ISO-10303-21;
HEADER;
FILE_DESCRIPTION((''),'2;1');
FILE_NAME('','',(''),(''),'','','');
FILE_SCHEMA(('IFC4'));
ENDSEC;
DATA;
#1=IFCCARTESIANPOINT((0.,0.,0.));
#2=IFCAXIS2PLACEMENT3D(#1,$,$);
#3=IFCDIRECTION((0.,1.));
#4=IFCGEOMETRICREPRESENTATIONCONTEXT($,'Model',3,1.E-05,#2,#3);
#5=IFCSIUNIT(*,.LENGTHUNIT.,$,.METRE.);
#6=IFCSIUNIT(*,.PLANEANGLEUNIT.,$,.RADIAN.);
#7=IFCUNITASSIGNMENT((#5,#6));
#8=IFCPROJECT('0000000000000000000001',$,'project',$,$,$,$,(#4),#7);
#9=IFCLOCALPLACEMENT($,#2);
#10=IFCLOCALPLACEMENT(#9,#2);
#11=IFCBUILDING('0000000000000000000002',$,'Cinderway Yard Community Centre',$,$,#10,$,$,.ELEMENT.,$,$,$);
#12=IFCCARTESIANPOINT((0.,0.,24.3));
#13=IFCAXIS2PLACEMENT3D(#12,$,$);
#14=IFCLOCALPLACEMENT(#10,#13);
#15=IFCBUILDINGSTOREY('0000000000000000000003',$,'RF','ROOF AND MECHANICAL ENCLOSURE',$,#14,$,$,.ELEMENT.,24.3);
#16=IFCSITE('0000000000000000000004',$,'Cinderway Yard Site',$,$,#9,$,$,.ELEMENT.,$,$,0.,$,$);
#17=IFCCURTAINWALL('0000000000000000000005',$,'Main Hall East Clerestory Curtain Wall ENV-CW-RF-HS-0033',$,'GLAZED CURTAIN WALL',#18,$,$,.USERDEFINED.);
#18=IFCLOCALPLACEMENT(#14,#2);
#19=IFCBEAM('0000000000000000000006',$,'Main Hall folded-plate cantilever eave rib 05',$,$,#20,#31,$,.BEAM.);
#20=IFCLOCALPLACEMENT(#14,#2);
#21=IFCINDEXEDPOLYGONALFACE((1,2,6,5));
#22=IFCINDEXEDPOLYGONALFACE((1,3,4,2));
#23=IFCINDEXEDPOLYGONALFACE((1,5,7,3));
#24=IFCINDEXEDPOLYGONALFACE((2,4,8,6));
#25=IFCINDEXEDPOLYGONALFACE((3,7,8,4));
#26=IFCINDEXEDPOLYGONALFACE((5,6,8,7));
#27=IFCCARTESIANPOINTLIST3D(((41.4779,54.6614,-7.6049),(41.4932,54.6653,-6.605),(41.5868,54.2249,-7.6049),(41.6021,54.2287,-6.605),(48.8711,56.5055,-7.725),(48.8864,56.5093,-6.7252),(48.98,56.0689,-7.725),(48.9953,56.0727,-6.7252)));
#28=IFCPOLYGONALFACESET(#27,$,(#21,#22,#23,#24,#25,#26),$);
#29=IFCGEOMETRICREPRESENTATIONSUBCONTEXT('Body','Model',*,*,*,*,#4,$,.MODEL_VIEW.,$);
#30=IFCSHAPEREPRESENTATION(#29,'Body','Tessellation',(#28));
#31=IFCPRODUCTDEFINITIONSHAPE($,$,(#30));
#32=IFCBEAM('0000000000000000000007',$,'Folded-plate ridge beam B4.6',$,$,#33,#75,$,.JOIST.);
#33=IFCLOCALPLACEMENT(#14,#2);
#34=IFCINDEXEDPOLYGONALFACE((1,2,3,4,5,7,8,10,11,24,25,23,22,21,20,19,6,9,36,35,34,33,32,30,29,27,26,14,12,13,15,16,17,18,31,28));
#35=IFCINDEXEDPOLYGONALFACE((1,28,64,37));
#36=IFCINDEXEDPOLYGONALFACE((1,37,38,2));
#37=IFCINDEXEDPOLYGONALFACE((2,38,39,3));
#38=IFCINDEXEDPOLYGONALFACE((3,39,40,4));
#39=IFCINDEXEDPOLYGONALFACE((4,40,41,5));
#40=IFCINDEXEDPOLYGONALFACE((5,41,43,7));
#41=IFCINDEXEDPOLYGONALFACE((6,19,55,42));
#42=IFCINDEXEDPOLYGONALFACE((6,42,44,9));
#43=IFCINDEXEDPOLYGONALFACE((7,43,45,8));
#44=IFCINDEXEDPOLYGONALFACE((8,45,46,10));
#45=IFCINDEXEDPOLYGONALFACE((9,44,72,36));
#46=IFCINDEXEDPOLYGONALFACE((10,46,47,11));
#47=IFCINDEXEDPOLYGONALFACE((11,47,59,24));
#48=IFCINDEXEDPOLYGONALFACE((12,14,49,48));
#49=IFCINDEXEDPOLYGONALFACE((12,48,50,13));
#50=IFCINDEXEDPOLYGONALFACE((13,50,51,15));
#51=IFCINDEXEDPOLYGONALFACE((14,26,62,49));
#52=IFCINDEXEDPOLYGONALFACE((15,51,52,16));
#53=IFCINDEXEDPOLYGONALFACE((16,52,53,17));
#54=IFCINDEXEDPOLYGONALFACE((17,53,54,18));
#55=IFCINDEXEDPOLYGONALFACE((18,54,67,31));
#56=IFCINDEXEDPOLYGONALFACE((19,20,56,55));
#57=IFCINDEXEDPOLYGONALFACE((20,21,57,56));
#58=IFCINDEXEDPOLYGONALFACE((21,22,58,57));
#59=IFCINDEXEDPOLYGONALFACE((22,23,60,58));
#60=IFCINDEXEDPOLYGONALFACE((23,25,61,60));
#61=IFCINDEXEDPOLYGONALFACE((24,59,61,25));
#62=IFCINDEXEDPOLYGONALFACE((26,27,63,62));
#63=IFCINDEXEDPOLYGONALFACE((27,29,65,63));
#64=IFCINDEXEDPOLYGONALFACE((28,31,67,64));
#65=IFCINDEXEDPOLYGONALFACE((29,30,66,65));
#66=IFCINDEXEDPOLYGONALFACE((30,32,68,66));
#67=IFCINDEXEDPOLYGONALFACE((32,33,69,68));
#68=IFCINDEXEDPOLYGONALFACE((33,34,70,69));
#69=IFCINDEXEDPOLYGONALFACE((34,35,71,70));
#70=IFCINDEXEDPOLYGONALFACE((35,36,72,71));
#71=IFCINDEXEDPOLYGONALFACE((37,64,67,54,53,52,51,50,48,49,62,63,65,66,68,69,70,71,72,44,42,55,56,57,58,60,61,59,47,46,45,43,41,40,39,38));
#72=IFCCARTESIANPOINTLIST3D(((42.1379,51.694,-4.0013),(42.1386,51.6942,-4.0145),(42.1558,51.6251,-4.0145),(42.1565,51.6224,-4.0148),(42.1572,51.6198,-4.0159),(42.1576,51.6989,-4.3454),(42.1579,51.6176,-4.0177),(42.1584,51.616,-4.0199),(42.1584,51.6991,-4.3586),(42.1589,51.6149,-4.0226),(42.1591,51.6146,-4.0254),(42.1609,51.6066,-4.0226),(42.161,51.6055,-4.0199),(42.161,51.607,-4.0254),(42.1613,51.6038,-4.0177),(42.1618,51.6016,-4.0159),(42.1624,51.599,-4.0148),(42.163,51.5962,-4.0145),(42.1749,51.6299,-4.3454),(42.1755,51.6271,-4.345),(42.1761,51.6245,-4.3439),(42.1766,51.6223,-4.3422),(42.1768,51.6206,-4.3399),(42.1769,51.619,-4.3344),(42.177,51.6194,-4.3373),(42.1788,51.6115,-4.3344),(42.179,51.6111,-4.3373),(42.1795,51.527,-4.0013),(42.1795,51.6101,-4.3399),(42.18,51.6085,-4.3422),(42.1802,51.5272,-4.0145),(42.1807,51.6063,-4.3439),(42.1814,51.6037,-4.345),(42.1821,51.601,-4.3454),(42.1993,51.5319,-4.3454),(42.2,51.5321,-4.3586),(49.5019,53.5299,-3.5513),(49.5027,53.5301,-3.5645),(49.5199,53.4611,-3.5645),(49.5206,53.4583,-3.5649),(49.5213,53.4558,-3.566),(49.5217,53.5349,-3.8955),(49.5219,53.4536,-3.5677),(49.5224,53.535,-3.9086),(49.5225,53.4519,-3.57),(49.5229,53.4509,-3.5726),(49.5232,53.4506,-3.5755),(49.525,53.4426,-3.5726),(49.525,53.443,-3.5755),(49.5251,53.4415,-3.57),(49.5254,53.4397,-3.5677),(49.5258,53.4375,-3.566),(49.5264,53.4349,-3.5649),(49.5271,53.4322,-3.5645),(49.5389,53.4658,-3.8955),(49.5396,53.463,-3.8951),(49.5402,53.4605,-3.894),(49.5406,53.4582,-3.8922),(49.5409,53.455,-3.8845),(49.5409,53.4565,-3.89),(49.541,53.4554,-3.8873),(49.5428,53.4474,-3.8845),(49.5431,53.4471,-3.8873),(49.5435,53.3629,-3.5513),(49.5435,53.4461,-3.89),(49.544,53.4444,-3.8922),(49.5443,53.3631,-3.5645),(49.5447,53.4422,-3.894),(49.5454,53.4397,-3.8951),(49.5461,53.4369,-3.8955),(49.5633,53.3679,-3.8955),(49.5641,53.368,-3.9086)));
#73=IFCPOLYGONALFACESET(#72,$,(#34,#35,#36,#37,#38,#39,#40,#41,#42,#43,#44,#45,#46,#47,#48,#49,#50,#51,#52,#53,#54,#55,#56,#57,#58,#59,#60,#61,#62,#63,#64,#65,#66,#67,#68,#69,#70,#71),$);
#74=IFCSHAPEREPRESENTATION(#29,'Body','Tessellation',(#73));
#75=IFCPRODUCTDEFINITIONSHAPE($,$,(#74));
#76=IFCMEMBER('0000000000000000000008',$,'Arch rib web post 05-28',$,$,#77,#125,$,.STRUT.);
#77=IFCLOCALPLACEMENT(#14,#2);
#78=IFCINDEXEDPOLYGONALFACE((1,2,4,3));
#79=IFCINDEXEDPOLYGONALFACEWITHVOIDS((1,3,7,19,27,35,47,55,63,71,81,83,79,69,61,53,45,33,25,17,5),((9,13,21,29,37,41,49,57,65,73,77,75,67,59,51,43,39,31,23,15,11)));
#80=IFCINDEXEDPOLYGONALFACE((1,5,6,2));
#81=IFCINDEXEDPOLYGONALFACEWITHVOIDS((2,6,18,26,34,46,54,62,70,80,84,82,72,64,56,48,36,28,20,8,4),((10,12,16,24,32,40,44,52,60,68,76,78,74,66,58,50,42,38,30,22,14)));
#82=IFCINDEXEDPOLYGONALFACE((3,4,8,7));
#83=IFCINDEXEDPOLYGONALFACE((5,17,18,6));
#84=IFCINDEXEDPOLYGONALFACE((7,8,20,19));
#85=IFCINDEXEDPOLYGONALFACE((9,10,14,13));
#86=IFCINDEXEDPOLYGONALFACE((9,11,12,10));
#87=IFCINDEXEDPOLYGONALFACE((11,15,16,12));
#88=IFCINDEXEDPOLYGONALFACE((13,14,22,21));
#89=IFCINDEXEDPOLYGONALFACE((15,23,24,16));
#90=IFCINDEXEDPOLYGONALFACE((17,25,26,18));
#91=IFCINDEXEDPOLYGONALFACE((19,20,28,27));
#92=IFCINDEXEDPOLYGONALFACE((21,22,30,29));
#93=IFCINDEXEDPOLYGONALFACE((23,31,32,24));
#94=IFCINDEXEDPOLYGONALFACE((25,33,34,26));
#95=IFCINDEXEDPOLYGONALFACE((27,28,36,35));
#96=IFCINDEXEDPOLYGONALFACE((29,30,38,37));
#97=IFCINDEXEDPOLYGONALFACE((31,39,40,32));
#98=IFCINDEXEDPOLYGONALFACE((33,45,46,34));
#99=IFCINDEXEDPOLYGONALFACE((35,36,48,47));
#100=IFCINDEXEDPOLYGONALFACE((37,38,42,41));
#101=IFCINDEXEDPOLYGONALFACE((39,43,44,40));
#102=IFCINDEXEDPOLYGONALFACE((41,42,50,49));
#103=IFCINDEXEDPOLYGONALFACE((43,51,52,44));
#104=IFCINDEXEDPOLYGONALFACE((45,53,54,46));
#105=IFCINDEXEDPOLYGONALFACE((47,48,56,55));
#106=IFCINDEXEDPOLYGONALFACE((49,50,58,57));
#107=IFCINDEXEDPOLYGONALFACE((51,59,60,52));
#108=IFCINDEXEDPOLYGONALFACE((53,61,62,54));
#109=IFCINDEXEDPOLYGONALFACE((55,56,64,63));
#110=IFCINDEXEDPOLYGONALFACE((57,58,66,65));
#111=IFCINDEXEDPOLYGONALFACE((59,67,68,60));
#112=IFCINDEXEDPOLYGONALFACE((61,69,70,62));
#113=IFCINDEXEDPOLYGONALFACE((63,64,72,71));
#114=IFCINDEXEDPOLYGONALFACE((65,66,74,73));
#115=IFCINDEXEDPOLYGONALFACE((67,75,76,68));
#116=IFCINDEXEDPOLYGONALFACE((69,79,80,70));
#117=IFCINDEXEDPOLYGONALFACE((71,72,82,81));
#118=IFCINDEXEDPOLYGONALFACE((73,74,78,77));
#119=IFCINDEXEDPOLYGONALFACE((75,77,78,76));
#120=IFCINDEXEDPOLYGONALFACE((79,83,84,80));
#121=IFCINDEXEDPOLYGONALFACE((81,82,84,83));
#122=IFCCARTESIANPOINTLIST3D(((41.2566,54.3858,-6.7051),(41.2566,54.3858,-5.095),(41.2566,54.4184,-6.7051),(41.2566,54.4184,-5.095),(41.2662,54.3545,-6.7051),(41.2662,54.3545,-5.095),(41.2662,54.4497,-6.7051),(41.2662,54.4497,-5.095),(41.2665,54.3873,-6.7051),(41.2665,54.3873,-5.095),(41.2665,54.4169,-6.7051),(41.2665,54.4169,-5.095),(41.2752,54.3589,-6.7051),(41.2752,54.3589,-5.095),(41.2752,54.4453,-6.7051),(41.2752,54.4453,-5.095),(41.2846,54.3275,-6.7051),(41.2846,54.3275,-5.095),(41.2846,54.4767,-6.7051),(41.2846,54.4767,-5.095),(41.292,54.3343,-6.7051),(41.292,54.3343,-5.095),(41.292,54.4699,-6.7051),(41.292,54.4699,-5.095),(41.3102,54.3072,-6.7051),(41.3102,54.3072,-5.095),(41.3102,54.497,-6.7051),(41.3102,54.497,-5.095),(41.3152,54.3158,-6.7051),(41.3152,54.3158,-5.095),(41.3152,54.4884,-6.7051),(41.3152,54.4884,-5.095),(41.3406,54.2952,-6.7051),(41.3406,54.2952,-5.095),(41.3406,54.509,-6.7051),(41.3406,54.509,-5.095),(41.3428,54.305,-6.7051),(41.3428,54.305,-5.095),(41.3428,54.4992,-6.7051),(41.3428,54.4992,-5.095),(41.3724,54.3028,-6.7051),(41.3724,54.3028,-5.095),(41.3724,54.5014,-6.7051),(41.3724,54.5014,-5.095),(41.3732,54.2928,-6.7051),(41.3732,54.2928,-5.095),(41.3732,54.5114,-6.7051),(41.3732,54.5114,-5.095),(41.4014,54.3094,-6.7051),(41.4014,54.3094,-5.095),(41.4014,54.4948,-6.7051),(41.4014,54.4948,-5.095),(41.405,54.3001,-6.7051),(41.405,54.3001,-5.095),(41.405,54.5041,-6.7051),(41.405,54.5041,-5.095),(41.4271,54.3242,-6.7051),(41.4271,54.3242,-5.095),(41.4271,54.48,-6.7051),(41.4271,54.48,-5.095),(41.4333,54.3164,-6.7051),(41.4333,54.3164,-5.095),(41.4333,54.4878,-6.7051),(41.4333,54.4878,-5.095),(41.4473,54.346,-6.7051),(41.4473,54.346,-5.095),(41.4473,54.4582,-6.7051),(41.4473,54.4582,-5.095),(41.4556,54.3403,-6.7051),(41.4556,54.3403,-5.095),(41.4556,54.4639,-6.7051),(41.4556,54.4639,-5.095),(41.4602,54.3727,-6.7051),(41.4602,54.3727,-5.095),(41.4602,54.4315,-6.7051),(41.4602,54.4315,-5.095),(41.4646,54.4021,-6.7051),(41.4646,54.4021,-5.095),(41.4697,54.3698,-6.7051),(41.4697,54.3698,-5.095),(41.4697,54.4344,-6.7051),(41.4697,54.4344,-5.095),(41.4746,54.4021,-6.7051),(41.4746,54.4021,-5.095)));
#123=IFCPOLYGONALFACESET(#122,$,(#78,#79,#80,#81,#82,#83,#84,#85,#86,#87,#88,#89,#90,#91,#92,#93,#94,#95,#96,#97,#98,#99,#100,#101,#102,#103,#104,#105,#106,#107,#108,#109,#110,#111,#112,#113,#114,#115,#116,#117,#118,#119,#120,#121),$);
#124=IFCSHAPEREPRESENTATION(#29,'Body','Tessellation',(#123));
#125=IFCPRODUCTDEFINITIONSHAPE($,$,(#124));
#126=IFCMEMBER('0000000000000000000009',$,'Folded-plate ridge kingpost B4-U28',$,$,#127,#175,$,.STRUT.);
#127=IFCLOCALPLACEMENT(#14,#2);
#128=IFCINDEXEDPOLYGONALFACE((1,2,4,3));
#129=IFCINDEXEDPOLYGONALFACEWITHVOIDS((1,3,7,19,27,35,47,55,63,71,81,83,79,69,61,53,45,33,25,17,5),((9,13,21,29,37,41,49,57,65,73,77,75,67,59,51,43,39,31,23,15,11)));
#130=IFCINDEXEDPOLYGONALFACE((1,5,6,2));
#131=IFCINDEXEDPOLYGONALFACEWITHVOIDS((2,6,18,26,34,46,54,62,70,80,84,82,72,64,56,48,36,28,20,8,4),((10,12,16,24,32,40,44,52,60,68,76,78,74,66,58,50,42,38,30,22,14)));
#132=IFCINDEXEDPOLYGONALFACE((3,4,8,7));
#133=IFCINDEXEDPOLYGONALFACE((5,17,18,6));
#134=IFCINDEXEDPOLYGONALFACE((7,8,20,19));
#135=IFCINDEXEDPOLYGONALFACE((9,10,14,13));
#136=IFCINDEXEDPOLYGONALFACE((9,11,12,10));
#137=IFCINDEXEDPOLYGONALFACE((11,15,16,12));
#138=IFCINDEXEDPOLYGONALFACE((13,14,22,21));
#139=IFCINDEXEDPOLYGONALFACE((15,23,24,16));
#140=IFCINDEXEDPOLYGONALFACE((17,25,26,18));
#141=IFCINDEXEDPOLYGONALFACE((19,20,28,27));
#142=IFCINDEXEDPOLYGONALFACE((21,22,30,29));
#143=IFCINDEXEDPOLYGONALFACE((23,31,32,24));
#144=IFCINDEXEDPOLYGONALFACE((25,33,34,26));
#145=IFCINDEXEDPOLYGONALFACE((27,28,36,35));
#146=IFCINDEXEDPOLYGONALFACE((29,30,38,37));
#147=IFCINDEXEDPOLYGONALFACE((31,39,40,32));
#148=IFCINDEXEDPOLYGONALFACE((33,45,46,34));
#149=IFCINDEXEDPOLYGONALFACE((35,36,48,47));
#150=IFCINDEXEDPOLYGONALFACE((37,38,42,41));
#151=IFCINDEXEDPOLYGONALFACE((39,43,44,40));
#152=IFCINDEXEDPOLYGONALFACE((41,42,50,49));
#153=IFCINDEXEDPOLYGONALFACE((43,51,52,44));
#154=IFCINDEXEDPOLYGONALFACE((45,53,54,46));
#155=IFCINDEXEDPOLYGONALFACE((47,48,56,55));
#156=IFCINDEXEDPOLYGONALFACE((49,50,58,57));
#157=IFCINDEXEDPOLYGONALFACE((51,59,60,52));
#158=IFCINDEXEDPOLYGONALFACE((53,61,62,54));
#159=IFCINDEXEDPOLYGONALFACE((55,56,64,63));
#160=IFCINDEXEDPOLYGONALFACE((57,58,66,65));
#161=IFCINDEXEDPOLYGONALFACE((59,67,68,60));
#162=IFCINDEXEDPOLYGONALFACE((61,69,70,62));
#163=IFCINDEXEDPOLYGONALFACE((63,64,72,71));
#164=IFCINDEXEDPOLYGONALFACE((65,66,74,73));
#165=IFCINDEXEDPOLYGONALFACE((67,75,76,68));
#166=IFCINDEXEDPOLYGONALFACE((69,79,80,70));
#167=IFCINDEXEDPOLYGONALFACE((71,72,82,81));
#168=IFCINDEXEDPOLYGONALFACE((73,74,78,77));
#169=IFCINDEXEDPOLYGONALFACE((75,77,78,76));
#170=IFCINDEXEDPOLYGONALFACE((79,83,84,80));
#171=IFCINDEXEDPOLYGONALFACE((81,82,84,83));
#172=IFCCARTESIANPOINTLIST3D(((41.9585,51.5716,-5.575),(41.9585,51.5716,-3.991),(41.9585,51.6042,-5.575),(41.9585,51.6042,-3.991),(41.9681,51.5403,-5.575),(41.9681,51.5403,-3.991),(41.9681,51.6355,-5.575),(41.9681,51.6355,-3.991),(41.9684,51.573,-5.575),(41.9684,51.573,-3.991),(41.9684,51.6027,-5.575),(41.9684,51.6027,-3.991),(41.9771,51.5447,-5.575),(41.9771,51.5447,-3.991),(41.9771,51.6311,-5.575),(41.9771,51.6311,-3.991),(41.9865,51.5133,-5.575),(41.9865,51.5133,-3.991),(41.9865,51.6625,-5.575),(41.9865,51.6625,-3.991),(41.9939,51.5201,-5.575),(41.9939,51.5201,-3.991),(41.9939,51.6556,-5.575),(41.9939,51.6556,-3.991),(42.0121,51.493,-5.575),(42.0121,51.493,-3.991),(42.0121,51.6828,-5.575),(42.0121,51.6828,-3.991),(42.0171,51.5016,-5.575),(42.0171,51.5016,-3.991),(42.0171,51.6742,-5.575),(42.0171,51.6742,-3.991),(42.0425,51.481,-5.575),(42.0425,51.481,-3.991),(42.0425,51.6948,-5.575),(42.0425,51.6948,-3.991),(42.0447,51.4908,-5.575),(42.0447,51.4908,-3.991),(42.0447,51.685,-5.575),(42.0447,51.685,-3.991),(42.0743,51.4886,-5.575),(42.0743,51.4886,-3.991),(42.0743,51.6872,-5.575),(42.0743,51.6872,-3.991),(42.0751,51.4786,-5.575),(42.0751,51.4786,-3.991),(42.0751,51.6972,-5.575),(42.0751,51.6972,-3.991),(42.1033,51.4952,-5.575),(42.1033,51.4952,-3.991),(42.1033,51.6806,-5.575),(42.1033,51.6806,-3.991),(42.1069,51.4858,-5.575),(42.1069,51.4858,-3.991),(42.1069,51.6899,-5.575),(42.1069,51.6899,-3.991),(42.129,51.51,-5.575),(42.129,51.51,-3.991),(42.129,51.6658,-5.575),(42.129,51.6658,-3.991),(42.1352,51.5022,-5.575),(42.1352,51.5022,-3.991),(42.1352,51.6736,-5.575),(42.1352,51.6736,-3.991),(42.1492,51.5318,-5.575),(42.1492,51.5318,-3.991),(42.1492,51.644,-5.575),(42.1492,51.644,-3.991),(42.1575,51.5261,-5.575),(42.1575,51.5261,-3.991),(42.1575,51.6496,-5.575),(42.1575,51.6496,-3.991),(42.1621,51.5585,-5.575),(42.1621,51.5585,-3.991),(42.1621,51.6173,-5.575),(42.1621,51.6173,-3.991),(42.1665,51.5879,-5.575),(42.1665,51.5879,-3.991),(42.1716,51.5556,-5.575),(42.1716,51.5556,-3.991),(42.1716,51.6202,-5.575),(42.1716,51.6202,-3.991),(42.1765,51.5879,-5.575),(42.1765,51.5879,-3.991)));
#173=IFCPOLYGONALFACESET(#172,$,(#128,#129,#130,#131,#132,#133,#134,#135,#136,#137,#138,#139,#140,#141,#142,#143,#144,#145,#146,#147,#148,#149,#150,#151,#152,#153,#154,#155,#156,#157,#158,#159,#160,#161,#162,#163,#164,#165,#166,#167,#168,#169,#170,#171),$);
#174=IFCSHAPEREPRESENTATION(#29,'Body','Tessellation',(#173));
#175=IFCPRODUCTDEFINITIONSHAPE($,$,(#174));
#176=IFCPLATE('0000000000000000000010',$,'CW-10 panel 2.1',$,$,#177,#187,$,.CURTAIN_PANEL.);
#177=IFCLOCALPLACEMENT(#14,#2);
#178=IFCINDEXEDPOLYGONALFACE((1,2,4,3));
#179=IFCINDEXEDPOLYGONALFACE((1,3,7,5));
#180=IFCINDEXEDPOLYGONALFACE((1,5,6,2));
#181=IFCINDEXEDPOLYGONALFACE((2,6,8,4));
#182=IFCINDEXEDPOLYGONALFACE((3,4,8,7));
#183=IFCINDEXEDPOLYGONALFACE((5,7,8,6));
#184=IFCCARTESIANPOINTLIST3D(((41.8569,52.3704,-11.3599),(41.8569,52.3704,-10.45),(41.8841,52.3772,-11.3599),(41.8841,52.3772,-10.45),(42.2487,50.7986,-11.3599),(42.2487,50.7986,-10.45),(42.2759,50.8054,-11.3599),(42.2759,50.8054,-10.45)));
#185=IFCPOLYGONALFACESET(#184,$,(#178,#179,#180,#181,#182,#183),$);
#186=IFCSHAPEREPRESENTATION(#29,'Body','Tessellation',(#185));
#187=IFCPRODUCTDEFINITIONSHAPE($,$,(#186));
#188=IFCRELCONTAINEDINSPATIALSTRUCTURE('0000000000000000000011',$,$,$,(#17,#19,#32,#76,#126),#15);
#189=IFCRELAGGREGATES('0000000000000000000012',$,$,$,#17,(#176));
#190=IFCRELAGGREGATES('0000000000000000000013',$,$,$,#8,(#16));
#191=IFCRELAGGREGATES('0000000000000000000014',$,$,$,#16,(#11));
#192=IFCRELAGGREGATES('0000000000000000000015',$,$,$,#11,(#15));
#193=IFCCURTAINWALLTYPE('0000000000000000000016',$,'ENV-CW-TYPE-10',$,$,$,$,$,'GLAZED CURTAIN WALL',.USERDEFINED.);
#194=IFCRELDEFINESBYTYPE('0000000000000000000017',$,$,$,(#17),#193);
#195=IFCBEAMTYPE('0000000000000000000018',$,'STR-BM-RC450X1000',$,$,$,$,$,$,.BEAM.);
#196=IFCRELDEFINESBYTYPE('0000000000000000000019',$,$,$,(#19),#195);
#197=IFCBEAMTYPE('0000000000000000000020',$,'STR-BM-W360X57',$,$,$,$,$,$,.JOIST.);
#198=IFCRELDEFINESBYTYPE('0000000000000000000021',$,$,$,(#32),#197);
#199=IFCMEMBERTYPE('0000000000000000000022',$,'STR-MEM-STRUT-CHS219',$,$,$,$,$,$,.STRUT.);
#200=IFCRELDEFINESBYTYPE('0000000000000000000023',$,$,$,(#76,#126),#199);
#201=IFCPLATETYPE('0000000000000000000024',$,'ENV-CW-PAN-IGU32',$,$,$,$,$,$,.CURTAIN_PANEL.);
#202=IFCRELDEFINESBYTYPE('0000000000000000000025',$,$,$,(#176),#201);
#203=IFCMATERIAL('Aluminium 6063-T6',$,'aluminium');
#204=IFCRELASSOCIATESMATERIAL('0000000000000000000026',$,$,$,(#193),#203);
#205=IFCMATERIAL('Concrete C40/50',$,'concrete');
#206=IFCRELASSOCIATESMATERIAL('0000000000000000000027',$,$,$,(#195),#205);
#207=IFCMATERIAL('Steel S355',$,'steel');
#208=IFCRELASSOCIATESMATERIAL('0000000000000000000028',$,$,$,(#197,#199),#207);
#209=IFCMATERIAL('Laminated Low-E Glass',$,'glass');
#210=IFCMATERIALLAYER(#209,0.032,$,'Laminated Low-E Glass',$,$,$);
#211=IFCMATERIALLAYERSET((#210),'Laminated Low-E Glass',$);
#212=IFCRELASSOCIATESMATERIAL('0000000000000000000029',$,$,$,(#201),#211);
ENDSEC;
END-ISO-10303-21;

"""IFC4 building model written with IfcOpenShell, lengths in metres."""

from ifc_helpers import new_model, si_unit, direction, frame, origin, origin_2d, place, context, subcontext, project, spatial, rectangle, hollow_circle, i_section, extrude, material, layer, layer_set, material_profile, profile_set, type_object, element, aggregate, save


model = new_model("IFC4")

# Units and contexts
model_context = context("Model", 3, precision=1e-05, world=origin(), true_north=direction((0.0, 1.0)))
body_context = subcontext(model_context, "Body", "Model", "MODEL_VIEW")
ifc_project = project(units=[si_unit("LENGTHUNIT", "METRE"), si_unit("PLANEANGLEUNIT", "RADIAN")], contexts=[model_context])

# Site, building, storey
site_placement = place(None, origin())
site = spatial("IfcSite", under=ifc_project, at=site_placement, Name="Cinderway Yard Site", CompositionType="ELEMENT", RefElevation=0.0)
building_placement = place(site_placement, origin())
building = spatial("IfcBuilding", under=site, at=building_placement, Name="Cinderway Yard Community Centre", CompositionType="ELEMENT")
storey_placement = place(building_placement, frame((0.0, 0.0, 24.3)))
storey = spatial("IfcBuildingStorey", under=building, at=storey_placement, Name="RF", Description="ROOF AND MECHANICAL ENCLOSURE", CompositionType="ELEMENT", Elevation=24.3)

# Shared definitions
ifc_material_1 = material(Name="Steel S355", Category="steel")

# Curtain wall
ifc_material_2 = material(Name="Aluminium 6063-T6", Category="aluminium")
curtain_wall_type = type_object("IfcCurtainWallType", Name="ENV-CW-TYPE-10", ElementType="GLAZED CURTAIN WALL", PredefinedType="USERDEFINED", material=ifc_material_2)
curtain_wall_placement = place(storey_placement, origin())
curtain_wall = element("IfcCurtainWall", 1, at=curtain_wall_placement, inside=storey, type_object=curtain_wall_type, Name="Main Hall East Clerestory Curtain Wall ENV-CW-RF-HS-0033", ObjectType="GLAZED CURTAIN WALL", PredefinedType="USERDEFINED")

# Beams
ifc_material_3 = material(Name="Concrete C40/50", Category="concrete")
ifc_material_profile_1 = material_profile(ifc_material_3, rectangle(XDim=0.45, YDim=1.0, at=origin_2d()), Name="Concrete C40/50")
ifc_profile_set_1 = profile_set([ifc_material_profile_1], Name="Concrete C40/50")
beam_type_1 = type_object("IfcBeamType", Name="STR-BM-RC450X1000", PredefinedType="BEAM", material=ifc_profile_set_1)
beam_1_placement = place(storey_placement, frame((41.54, 54.4451, -7.105), z_axis=(0.970154, 0.241978, -0.015762), x_axis=(-0.242008, 0.970274, 0.0)))
element("IfcBeam", 2, at=beam_1_placement, inside=storey, type_object=beam_type_1, Name="Main Hall folded-plate cantilever eave rib 05", PredefinedType="BEAM", context=body_context, shape_type="SweptSolid", body=[
    extrude(rectangle(XDim=0.45, YDim=1.0, at=origin_2d()), origin(), (0.0, 0.0, 1.0), 7.6206),
])
ifc_material_profile_2 = material_profile(ifc_material_1, i_section(OverallWidth=0.1721, OverallDepth=0.3579, WebThickness=0.0078, FlangeThickness=0.0132, FilletRadius=0.011, at=origin_2d()), Name="Steel S355")
ifc_profile_set_2 = profile_set([ifc_material_profile_2], Name="Steel S355")
beam_type_2 = type_object("IfcBeamType", Name="STR-BM-W360X57", PredefinedType="JOIST", material=ifc_profile_set_2)
beam_2_placement = place(storey_placement, frame((42.1689, 51.613, -4.1799), z_axis=(0.968599, 0.241483, 0.059183), x_axis=(-0.241907, 0.970299, 0.0)))
element("IfcBeam", 3, at=beam_2_placement, inside=storey, type_object=beam_type_2, Name="Folded-plate ridge beam B4.6", PredefinedType="JOIST", context=body_context, shape_type="SweptSolid", body=[
    extrude(i_section(OverallWidth=0.1721, OverallDepth=0.3579, WebThickness=0.0078, FlangeThickness=0.0132, FilletRadius=0.011, at=origin_2d()), origin(), (0.0, 0.0, 1.0), 7.6028),
])

# Members
ifc_material_profile_3 = material_profile(ifc_material_1, hollow_circle(Radius=0.1096, WallThickness=0.01, at=origin_2d()), Name="Steel S355")
ifc_profile_set_3 = profile_set([ifc_material_profile_3], Name="Steel S355")
member_type_1 = type_object("IfcMemberType", Name="STR-MEM-STRUT-CHS219", PredefinedType="STRUT", material=ifc_profile_set_3)
member_1_placement = place(storey_placement, frame((41.365, 54.4021, -6.7051), z_axis=(0.0, 0.0, 1.0), x_axis=(1.0, 0.0, 0.0)))
element("IfcMember", 4, at=member_1_placement, inside=storey, type_object=member_type_1, Name="Arch rib web post 05-28", PredefinedType="STRUT", context=body_context, shape_type="SweptSolid", body=[
    extrude(hollow_circle(Radius=0.1096, WallThickness=0.01, at=origin_2d()), origin(), (0.0, 0.0, 1.0), 1.6101),
])
member_2_placement = place(storey_placement, frame((42.0669, 51.5879, -5.575), z_axis=(0.0, 0.0, 1.0), x_axis=(1.0, 0.0, 0.0)))
element("IfcMember", 5, at=member_2_placement, inside=storey, type_object=member_type_1, Name="Folded-plate ridge kingpost B4-U28", PredefinedType="STRUT", context=body_context, shape_type="SweptSolid", body=[
    extrude(hollow_circle(Radius=0.1096, WallThickness=0.01, at=origin_2d()), origin(), (0.0, 0.0, 1.0), 1.584),
])

# Plate
ifc_material_4 = material(Name="Laminated Low-E Glass", Category="glass")
ifc_layer_1 = layer(ifc_material_4, 0.032, Name="Laminated Low-E Glass")
ifc_layer_set_1 = layer_set([ifc_layer_1], Name="Laminated Low-E Glass")
plate_type_1 = type_object("IfcPlateType", Name="ENV-CW-PAN-IGU32", PredefinedType="CURTAIN_PANEL", material=ifc_layer_set_1)
plate_1_placement = place(storey_placement, frame((42.0664, 51.5879, -11.3599), z_axis=(0.0, 0.0, 1.0), x_axis=(-0.241882, 0.970306, 0.0)))
plate_1 = element("IfcPlate", 6, at=plate_1_placement, type_object=plate_type_1, Name="CW-10 panel 2.1", PredefinedType="CURTAIN_PANEL", context=body_context, shape_type="SweptSolid", body=[
    extrude(rectangle(XDim=1.6199, YDim=0.0281, at=origin_2d()), origin(), (0.0, 0.0, 1.0), 0.9099),
])
aggregate(curtain_wall, [plate_1])

save(model, "model.ifc")
